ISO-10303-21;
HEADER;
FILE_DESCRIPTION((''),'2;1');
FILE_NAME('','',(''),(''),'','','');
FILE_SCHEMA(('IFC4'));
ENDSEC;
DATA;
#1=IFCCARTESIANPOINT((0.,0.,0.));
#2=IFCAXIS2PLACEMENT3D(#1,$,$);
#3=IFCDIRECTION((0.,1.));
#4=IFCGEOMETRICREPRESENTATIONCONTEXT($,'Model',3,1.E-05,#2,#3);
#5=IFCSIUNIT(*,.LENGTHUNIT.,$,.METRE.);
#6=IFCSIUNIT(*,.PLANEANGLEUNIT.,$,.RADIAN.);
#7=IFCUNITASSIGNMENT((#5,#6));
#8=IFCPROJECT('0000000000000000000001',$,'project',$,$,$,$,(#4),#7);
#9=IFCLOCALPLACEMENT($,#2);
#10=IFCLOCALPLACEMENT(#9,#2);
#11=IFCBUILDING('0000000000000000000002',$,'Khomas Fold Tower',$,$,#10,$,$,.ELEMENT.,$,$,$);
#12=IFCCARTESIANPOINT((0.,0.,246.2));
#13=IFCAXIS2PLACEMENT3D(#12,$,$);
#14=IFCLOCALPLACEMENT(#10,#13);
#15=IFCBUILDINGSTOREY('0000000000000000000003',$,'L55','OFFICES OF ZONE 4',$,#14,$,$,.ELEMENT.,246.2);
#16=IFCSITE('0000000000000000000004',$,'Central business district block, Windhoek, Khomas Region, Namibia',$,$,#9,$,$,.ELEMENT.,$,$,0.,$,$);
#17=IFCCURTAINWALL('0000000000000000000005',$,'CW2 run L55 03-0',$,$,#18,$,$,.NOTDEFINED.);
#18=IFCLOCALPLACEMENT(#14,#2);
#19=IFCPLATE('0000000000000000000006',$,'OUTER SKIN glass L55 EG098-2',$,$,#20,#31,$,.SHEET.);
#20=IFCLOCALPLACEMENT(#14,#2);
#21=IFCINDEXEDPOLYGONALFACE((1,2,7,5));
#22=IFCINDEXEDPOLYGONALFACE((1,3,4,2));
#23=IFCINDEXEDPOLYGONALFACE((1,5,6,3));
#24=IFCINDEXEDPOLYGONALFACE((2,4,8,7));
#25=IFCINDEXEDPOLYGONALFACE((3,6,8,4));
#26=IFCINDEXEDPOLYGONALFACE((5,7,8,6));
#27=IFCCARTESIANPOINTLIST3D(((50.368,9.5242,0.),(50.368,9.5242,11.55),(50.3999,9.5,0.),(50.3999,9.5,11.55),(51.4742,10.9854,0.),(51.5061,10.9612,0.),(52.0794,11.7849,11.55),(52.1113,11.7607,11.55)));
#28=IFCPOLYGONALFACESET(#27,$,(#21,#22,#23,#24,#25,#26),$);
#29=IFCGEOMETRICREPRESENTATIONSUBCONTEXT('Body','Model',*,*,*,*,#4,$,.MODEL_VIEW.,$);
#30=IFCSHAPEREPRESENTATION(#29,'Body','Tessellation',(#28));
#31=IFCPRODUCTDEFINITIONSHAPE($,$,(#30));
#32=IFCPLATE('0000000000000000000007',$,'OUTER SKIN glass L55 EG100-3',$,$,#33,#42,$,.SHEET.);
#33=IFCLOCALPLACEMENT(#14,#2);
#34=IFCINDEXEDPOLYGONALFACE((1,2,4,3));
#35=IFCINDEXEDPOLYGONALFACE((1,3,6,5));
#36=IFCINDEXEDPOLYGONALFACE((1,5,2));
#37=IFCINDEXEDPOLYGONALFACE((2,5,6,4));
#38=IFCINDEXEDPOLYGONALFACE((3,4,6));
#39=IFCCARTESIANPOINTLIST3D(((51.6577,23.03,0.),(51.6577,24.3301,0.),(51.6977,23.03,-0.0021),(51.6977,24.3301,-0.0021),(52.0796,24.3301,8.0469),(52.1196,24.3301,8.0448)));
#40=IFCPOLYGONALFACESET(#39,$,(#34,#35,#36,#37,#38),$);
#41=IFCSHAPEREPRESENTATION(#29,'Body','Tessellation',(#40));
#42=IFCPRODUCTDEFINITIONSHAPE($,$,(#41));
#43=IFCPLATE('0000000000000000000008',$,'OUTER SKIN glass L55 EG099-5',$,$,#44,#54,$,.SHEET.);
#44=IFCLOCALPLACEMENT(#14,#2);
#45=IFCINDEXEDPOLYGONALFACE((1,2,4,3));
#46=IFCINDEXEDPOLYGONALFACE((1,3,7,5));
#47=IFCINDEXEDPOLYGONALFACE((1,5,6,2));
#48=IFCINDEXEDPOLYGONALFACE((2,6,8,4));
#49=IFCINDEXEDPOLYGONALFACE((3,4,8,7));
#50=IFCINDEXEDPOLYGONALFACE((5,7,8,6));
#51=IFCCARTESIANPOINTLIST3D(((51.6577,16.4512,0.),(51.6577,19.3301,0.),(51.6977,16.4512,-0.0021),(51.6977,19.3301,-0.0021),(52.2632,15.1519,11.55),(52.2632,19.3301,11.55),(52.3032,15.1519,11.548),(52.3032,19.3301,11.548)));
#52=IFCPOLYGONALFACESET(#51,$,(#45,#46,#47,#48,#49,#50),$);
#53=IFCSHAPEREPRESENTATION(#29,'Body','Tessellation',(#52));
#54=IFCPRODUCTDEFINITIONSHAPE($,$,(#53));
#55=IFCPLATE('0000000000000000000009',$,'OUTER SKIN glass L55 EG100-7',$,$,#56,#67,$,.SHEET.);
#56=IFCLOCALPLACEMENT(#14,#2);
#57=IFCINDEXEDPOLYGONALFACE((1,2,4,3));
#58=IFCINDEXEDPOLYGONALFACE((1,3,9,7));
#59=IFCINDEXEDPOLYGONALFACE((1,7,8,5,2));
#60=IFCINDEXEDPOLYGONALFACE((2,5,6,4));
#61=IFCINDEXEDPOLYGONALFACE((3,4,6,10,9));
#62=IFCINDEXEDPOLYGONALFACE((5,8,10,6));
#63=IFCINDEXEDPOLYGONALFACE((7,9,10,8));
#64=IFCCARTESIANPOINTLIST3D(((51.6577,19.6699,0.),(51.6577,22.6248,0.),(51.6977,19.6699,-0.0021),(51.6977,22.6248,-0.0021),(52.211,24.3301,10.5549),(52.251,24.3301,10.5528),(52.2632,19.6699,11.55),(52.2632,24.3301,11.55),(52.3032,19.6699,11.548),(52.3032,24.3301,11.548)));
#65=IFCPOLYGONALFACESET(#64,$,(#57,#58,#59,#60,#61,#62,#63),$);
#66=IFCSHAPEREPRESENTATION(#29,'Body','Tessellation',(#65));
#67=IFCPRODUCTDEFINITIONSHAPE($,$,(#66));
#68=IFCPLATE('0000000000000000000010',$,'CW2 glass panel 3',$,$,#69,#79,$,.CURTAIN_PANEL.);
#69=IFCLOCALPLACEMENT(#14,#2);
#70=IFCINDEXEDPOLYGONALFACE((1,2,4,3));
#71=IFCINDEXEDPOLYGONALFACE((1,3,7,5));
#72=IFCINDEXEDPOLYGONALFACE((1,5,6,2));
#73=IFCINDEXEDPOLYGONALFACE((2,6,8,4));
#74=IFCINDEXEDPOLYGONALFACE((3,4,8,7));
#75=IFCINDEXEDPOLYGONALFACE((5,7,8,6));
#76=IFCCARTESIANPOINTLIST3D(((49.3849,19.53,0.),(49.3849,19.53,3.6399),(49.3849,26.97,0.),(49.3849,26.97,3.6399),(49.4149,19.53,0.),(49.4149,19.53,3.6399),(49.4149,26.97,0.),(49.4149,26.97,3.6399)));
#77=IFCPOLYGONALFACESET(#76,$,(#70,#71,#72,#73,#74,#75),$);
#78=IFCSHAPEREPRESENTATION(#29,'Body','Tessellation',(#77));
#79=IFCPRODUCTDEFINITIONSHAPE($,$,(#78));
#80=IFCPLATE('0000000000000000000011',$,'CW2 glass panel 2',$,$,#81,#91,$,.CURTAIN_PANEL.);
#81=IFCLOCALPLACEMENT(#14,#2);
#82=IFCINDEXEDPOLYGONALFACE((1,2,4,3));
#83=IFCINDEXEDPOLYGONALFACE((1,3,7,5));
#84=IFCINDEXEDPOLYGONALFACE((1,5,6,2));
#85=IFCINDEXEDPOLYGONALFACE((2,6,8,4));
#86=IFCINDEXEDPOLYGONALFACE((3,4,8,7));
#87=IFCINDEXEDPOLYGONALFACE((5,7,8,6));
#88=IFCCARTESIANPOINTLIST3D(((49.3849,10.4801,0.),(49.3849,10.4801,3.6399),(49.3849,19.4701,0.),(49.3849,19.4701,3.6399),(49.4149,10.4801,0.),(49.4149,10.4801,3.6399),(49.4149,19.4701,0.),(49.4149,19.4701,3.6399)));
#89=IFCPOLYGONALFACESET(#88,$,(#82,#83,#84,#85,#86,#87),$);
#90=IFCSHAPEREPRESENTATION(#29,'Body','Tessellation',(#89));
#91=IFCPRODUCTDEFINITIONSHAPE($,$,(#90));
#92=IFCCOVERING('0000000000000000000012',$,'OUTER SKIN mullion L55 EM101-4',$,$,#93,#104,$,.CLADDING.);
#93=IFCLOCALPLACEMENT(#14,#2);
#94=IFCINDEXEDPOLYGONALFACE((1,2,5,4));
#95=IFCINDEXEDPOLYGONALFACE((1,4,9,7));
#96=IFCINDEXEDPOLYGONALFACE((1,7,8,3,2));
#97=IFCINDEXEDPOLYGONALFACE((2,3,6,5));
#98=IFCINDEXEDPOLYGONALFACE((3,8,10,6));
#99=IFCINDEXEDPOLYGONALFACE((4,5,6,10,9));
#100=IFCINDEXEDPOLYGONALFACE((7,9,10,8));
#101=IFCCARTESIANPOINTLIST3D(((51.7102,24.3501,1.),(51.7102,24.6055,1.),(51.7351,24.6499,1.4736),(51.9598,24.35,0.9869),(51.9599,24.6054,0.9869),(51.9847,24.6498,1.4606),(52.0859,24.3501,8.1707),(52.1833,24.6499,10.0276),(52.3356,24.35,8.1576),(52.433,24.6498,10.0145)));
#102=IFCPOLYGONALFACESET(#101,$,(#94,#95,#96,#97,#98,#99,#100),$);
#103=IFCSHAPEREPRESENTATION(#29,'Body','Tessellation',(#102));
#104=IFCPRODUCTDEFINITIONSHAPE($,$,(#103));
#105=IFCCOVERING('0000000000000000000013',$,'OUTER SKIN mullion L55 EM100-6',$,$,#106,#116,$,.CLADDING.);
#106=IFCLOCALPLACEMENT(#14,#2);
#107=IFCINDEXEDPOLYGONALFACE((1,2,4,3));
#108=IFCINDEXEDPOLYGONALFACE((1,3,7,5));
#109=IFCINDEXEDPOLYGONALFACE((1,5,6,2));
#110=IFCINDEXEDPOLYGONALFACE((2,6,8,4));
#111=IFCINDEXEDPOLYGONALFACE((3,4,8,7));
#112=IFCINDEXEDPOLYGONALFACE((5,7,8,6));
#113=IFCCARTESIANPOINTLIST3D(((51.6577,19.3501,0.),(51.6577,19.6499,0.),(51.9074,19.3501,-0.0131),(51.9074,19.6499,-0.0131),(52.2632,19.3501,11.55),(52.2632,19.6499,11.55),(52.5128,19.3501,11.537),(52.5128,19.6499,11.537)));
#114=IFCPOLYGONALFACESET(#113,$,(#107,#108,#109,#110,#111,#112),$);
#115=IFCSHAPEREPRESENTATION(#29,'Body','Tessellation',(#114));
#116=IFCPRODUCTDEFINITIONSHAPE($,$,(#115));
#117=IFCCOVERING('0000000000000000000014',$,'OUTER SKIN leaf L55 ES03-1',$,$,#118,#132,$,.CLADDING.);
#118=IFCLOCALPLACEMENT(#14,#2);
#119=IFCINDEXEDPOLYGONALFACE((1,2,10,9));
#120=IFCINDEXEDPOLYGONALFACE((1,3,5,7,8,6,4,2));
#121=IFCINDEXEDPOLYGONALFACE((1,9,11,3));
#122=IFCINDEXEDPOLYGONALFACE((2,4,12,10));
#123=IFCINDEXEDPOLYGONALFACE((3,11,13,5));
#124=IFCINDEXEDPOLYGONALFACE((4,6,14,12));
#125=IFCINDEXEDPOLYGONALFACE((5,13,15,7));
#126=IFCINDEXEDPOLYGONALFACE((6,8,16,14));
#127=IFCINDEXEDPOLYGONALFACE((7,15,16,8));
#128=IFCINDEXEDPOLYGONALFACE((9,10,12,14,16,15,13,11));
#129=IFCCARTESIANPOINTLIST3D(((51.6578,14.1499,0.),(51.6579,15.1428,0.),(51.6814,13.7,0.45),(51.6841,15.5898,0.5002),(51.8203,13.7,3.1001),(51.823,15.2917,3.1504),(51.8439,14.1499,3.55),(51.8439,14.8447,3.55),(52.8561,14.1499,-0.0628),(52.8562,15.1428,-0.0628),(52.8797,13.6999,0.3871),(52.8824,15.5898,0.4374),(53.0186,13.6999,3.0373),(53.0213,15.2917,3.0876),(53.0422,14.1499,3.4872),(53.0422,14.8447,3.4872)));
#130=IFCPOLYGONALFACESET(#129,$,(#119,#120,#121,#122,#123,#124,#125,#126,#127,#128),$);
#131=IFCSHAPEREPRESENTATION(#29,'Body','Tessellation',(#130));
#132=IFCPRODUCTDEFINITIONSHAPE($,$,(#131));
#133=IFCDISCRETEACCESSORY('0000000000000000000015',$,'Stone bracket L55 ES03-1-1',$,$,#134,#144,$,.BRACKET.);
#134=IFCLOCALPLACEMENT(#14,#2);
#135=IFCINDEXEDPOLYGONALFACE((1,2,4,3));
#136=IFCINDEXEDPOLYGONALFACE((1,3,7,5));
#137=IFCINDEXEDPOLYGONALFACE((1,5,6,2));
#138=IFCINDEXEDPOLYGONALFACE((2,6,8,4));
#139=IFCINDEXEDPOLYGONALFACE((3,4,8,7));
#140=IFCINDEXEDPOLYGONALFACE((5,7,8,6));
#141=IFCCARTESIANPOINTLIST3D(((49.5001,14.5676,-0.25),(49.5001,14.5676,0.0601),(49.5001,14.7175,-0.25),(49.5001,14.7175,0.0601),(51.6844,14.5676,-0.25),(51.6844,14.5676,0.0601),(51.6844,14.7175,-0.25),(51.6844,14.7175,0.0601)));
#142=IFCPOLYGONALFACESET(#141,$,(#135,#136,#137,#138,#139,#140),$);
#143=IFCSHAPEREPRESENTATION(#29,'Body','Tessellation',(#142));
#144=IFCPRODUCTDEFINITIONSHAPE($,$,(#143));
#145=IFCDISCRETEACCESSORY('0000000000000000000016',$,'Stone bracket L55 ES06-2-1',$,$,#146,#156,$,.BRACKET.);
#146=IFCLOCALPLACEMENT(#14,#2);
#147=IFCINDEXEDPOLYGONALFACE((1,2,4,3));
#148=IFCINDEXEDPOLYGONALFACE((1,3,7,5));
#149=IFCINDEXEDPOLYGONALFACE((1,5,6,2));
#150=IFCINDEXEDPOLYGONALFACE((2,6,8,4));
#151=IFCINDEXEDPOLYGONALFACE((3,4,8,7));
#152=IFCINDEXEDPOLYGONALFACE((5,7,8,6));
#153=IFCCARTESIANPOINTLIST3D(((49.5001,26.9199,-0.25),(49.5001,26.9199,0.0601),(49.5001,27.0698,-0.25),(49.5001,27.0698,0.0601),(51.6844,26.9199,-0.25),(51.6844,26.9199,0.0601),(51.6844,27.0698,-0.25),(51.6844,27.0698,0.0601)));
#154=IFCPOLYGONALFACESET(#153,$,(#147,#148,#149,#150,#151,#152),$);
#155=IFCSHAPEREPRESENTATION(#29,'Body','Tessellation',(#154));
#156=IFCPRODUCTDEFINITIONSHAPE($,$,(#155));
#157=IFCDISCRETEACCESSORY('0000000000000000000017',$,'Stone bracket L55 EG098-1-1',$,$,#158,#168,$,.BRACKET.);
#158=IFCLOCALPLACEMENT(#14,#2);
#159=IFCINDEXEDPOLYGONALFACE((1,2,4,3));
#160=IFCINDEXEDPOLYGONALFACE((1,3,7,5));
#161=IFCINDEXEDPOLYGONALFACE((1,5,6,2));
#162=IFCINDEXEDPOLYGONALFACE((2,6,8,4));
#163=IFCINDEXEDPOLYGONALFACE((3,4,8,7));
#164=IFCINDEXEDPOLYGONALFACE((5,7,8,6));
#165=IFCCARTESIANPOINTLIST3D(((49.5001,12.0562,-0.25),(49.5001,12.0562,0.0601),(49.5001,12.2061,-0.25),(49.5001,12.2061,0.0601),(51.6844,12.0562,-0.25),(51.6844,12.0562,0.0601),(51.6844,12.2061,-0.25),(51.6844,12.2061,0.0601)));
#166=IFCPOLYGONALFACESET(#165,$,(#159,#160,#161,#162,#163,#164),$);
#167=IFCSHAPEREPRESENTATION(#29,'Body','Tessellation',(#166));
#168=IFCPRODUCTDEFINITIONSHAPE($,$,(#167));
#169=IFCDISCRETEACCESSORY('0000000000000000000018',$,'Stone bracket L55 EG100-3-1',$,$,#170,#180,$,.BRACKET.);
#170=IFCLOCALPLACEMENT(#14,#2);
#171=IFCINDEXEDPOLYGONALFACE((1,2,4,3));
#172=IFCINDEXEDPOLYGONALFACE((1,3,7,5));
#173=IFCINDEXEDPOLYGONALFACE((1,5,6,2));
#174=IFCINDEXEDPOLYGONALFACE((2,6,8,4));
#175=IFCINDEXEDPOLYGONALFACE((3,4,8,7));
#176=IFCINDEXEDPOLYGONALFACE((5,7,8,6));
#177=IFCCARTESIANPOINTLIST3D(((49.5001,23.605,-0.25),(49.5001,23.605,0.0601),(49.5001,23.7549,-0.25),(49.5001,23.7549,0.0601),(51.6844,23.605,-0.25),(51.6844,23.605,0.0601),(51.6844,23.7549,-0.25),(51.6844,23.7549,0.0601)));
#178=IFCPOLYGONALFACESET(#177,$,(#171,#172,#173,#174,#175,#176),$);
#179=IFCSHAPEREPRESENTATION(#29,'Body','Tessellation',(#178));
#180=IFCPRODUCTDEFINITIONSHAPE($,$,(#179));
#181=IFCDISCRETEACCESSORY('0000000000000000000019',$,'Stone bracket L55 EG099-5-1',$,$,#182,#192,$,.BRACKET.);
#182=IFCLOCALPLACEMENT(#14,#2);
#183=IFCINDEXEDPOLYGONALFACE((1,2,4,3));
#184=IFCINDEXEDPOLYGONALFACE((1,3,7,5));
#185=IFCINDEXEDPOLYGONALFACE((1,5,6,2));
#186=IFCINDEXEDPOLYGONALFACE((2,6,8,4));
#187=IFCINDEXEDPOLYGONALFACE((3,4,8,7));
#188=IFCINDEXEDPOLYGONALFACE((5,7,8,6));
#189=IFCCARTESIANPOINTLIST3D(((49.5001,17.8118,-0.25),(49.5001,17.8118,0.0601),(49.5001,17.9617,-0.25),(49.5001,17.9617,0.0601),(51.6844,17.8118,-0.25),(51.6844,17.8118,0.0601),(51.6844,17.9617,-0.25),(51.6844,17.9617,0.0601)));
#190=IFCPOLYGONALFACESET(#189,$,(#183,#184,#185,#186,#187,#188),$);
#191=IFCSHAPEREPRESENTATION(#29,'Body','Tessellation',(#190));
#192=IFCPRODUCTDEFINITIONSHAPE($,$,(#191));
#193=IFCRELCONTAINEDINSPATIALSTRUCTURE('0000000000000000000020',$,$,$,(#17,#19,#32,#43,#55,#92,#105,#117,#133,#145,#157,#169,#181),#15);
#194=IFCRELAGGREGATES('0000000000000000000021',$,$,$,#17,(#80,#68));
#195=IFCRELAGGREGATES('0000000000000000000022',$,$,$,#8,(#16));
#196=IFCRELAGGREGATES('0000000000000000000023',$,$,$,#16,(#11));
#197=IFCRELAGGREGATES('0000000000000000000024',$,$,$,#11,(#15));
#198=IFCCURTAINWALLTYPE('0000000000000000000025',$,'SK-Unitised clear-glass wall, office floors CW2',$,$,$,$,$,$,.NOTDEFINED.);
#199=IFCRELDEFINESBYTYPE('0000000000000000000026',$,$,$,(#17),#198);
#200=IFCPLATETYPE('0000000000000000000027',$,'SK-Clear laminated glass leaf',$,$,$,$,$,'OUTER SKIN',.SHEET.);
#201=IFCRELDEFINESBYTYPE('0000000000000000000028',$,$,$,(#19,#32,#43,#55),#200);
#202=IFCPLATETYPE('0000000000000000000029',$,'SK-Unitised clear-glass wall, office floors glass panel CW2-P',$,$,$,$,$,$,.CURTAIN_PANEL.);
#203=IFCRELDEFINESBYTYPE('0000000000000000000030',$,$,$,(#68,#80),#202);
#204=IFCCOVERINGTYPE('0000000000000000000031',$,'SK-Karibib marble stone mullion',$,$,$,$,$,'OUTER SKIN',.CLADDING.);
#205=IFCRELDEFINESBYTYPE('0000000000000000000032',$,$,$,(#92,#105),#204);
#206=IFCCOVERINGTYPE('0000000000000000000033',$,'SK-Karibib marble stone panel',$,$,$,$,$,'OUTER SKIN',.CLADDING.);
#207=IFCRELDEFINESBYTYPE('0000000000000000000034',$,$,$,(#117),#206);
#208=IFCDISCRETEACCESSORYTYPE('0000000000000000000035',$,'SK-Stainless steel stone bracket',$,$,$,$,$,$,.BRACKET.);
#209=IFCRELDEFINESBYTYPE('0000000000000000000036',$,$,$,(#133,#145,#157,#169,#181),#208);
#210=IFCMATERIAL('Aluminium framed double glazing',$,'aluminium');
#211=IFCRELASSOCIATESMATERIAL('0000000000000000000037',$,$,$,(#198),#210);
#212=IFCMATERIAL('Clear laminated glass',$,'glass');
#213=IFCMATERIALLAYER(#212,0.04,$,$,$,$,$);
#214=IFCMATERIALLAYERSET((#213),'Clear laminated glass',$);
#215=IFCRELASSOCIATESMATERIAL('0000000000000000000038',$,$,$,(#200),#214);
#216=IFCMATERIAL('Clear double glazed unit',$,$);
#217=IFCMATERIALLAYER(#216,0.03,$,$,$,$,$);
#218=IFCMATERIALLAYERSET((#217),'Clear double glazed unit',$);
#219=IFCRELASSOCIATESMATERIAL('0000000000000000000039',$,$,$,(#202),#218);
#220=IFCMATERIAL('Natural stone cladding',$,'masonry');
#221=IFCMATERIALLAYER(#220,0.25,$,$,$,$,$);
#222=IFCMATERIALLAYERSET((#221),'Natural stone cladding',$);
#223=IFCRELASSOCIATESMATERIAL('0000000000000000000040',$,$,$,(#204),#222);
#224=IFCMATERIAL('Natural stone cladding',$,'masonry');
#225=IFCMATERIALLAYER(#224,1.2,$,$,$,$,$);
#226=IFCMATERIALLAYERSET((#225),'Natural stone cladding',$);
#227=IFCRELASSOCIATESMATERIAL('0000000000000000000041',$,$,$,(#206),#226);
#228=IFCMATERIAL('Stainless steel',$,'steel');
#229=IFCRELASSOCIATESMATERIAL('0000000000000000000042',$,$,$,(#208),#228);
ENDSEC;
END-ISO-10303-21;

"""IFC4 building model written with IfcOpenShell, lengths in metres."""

from ifc_helpers import new_model, si_unit, direction, frame, origin, origin_2d, place, context, subcontext, project, spatial, polyline, rectangle, outline, extrude, source, transform, mapped, material, layer, layer_set, type_object, element, aggregate, save


model = new_model("IFC4")

# Units and contexts
model_context = context("Model", 3, precision=1e-05, world=origin(), true_north=direction((0.0, 1.0)))
body_context = subcontext(model_context, "Body", "Model", "MODEL_VIEW")
ifc_project = project(units=[si_unit("LENGTHUNIT", "METRE"), si_unit("PLANEANGLEUNIT", "RADIAN")], contexts=[model_context])

# Site, building, storey
site_placement = place(None, origin())
site = spatial("IfcSite", under=ifc_project, at=site_placement, Name="Central business district block, Windhoek, Khomas Region, Namibia", CompositionType="ELEMENT", RefElevation=0.0)
building_placement = place(site_placement, origin())
building = spatial("IfcBuilding", under=site, at=building_placement, Name="Khomas Fold Tower", CompositionType="ELEMENT")
storey_placement = place(building_placement, frame((0.0, 0.0, 246.2)))
storey = spatial("IfcBuildingStorey", under=building, at=storey_placement, Name="L55", Description="OFFICES OF ZONE 4", CompositionType="ELEMENT", Elevation=246.2)

# Curtain wall
ifc_material_1 = material(Name="Aluminium framed double glazing", Category="aluminium")
curtain_wall_type = type_object("IfcCurtainWallType", Name="SK-Unitised clear-glass wall, office floors CW2", PredefinedType="NOTDEFINED", material=ifc_material_1)
curtain_wall_placement = place(storey_placement, origin())
curtain_wall = element("IfcCurtainWall", 1, at=curtain_wall_placement, inside=storey, type_object=curtain_wall_type, Name="CW2 run L55 03-0", PredefinedType="NOTDEFINED")

# Plates
ifc_material_2 = material(Name="Clear laminated glass", Category="glass")
ifc_layer_1 = layer(ifc_material_2, 0.04)
ifc_layer_set_1 = layer_set([ifc_layer_1], Name="Clear laminated glass")
plate_type_1 = type_object("IfcPlateType", Name="SK-Clear laminated glass leaf", ElementType="OUTER SKIN", PredefinedType="SHEET", material=ifc_layer_set_1)
plate_1_placement = place(storey_placement, frame((52.1113, 11.7607, 11.55), z_axis=(0.7973, -0.603584, 0.000002), x_axis=(-0.052206, -0.068965, -0.996252)))
element("IfcPlate", 2, at=plate_1_placement, inside=storey, type_object=plate_type_1, Name="OUTER SKIN glass L55 EG098-2", PredefinedType="SHEET", context=body_context, shape_type="SweptSolid", body=[
    extrude(outline(polyline([(0.0, 0.0), (11.5935, 0.0), (11.752, -1.8258), (0.2453, -2.8249), (0.0, 0.0)])), origin(), (0.0, 0.0, -1.0), 0.04),
])
plate_2_placement = place(storey_placement, frame((51.6577, 23.03, 0.0), z_axis=(-0.998629, 0.0, 0.052355), x_axis=(0.051687, 0.159278, 0.98588)))
element("IfcPlate", 3, at=plate_2_placement, inside=storey, type_object=plate_type_1, Name="OUTER SKIN glass L55 EG100-3", PredefinedType="SHEET", context=body_context, shape_type="SweptSolid", body=[
    extrude(outline(polyline([(0.0, 0.0), (8.1621, 0.0), (0.2071, 1.2835), (0.0, 0.0)])), origin(), (0.0, 0.0, -1.0), 0.04),
])
plate_3_placement = place(storey_placement, frame((51.6577, 16.4512, 0.0), z_axis=(-0.998629, 0.0, 0.052349), x_axis=(0.052022, -0.111638, 0.992386)))
element("IfcPlate", 4, at=plate_3_placement, inside=storey, type_object=plate_type_1, Name="OUTER SKIN glass L55 EG099-5", PredefinedType="SHEET", context=body_context, shape_type="SweptSolid", body=[
    extrude(outline(polyline([(0.0, 0.0), (11.6387, 0.0), (11.1722, 4.1521), (-0.3214, 2.8609), (0.0, 0.0)])), origin(), (0.0, 0.0, -1.0), 0.04),
])
plate_4_placement = place(storey_placement, frame((51.6577, 22.6248, 0.0), z_axis=(-0.998629, -0.00001, 0.052351), x_axis=(0.00001, -1.0, -0.000001)))
element("IfcPlate", 5, at=plate_4_placement, inside=storey, type_object=plate_type_1, Name="OUTER SKIN glass L55 EG100-7", PredefinedType="SHEET", context=body_context, shape_type="SweptSolid", body=[
    extrude(outline(polyline([(0.0, 0.0), (2.9548, 0.0), (2.9548, 11.5659), (-1.7053, 11.5659), (-1.7053, 10.5694), (0.0, 0.0)])), origin(), (0.0, 0.0, -1.0), 0.04),
])

# Plates
ifc_material_3 = material(Name="Clear double glazed unit")
ifc_layer_2 = layer(ifc_material_3, 0.03)
ifc_layer_set_2 = layer_set([ifc_layer_2], Name="Clear double glazed unit")
plate_type_2 = type_object("IfcPlateType", Name="SK-Unitised clear-glass wall, office floors glass panel CW2-P", PredefinedType="CURTAIN_PANEL", material=ifc_layer_set_2)
shared_shape_1 = source(origin(), body_context, "Body", "SweptSolid", [
    extrude(rectangle(XDim=7.4399, YDim=0.03, at=origin_2d()), origin(), (0.0, 0.0, 1.0), 3.6399),
])
plate_5_placement = place(storey_placement, frame((49.3999, 23.25, 0.0), z_axis=(0.0, 0.0, 1.0), x_axis=(0.0, 1.0, 0.0)))
plate_5 = element("IfcPlate", 6, at=plate_5_placement, type_object=plate_type_2, Name="CW2 glass panel 3", PredefinedType="CURTAIN_PANEL", context=body_context, shape_type="MappedRepresentation", body=[
    mapped(shared_shape_1, transform((0.0, 0.0, 0.0))),
])
shared_shape_2 = source(origin(), body_context, "Body", "SweptSolid", [
    extrude(rectangle(XDim=8.99, YDim=0.03, at=origin_2d()), origin(), (0.0, 0.0, 1.0), 3.6399),
])
plate_6_placement = place(storey_placement, frame((49.3999, 14.9751, 0.0), z_axis=(0.0, 0.0, 1.0), x_axis=(0.0, 1.0, 0.0)))
plate_6 = element("IfcPlate", 7, at=plate_6_placement, type_object=plate_type_2, Name="CW2 glass panel 2", PredefinedType="CURTAIN_PANEL", context=body_context, shape_type="MappedRepresentation", body=[
    mapped(shared_shape_2, transform((0.0, 0.0, 0.0))),
])
aggregate(curtain_wall, [plate_6, plate_5])

# Coverings
ifc_material_4 = material(Name="Natural stone cladding", Category="masonry")
ifc_layer_3 = layer(ifc_material_4, 0.25)
ifc_layer_set_3 = layer_set([ifc_layer_3], Name="Natural stone cladding")
covering_type_1 = type_object("IfcCoveringType", Name="SK-Karibib marble stone mullion", ElementType="OUTER SKIN", PredefinedType="CLADDING", material=ifc_layer_set_3)
covering_1_placement = place(storey_placement, frame((52.0859, 24.3501, 8.1707), z_axis=(-0.99863, 0.000312, 0.052333), x_axis=(0.051715, 0.159174, 0.985895)))
element("IfcCovering", 8, at=covering_1_placement, inside=storey, type_object=covering_type_1, Name="OUTER SKIN mullion L55 EM101-4", PredefinedType="CLADDING", context=body_context, shape_type="SweptSolid", body=[
    extrude(outline(polyline([(0.0, 0.0), (1.8835, 0.0), (-6.573, 1.3634), (-7.0483, 1.3951), (-7.0889, 1.1429), (0.0, 0.0)])), origin(), (0.0, 0.0, -1.0), 0.25),
])
covering_2_placement = place(storey_placement, frame((51.6577, 19.3501, 0.0), z_axis=(-0.998629, 0.0, 0.052349), x_axis=(0.052349, 0.0, 0.998629)))
element("IfcCovering", 9, at=covering_2_placement, inside=storey, type_object=covering_type_1, Name="OUTER SKIN mullion L55 EM100-6", PredefinedType="CLADDING", context=body_context, shape_type="SweptSolid", body=[
    extrude(outline(polyline([(0.0, 0.0), (11.5659, 0.0), (11.5659, 0.2998), (0.0, 0.2998), (0.0, 0.0)])), origin(), (0.0, 0.0, -1.0), 0.25),
])
ifc_material_5 = material(Name="Natural stone cladding", Category="masonry")
ifc_layer_4 = layer(ifc_material_5, 1.2)
ifc_layer_set_4 = layer_set([ifc_layer_4], Name="Natural stone cladding")
covering_type_2 = type_object("IfcCoveringType", Name="SK-Karibib marble stone panel", ElementType="OUTER SKIN", PredefinedType="CLADDING", material=ifc_layer_set_4)
covering_3_placement = place(storey_placement, frame((51.823, 15.2917, 3.1504), z_axis=(-0.998629, 0.000027, 0.052344), x_axis=(-0.052013, 0.111626, -0.992388)))
element("IfcCovering", 10, at=covering_3_placement, inside=storey, type_object=covering_type_2, Name="OUTER SKIN leaf L55 ES03-1", PredefinedType="CLADDING", context=body_context, shape_type="SweptSolid", body=[
    extrude(outline(polyline([(0.0, 0.0), (2.6705, 0.0), (3.1184, 0.5001), (3.0075, 1.4869), (2.5096, 1.8837), (-0.1276, 1.5875), (-0.5252, 1.09), (-0.4476, 0.3996), (0.0, 0.0)])), origin(), (0.0, 0.0, -1.0), 1.2),
])

# Discrete accessories
ifc_material_6 = material(Name="Stainless steel", Category="steel")
discrete_accessory_type = type_object("IfcDiscreteAccessoryType", Name="SK-Stainless steel stone bracket", PredefinedType="BRACKET", material=ifc_material_6)
shared_shape_3 = source(origin(), body_context, "Body", "SweptSolid", [
    extrude(rectangle(XDim=2.1843, YDim=0.1499, at=origin_2d()), origin(), (0.0, 0.0, 1.0), 0.3101),
])
for number, where, z_axis, x_axis, name in (
    (11, (50.5923, 14.6426, -0.25), (0.0, 0.0, 1.0), (1.0, 0.0, 0.0), "Stone bracket L55 ES03-1-1"),
    (12, (50.5923, 26.9949, -0.25), (0.0, 0.0, 1.0), (1.0, 0.0, 0.0), "Stone bracket L55 ES06-2-1"),
    (13, (50.5923, 12.1311, -0.25), (0.0, 0.0, 1.0), (1.0, 0.0, 0.0), "Stone bracket L55 EG098-1-1"),
    (14, (50.5923, 23.6799, -0.25), (0.0, 0.0, 1.0), (1.0, 0.0, 0.0), "Stone bracket L55 EG100-3-1"),
    (15, (50.5923, 17.8867, -0.25), (0.0, 0.0, 1.0), (1.0, 0.0, 0.0), "Stone bracket L55 EG099-5-1"),
):
    element("IfcDiscreteAccessory", number, at=place(storey_placement, frame(where, z_axis=z_axis, x_axis=x_axis)), inside=storey, type_object=discrete_accessory_type, Name=name, PredefinedType="BRACKET", context=body_context, shape_type="MappedRepresentation", body=[
        mapped(shared_shape_3, transform((0.0, 0.0, 0.0))),
    ])

save(model, "model.ifc")
